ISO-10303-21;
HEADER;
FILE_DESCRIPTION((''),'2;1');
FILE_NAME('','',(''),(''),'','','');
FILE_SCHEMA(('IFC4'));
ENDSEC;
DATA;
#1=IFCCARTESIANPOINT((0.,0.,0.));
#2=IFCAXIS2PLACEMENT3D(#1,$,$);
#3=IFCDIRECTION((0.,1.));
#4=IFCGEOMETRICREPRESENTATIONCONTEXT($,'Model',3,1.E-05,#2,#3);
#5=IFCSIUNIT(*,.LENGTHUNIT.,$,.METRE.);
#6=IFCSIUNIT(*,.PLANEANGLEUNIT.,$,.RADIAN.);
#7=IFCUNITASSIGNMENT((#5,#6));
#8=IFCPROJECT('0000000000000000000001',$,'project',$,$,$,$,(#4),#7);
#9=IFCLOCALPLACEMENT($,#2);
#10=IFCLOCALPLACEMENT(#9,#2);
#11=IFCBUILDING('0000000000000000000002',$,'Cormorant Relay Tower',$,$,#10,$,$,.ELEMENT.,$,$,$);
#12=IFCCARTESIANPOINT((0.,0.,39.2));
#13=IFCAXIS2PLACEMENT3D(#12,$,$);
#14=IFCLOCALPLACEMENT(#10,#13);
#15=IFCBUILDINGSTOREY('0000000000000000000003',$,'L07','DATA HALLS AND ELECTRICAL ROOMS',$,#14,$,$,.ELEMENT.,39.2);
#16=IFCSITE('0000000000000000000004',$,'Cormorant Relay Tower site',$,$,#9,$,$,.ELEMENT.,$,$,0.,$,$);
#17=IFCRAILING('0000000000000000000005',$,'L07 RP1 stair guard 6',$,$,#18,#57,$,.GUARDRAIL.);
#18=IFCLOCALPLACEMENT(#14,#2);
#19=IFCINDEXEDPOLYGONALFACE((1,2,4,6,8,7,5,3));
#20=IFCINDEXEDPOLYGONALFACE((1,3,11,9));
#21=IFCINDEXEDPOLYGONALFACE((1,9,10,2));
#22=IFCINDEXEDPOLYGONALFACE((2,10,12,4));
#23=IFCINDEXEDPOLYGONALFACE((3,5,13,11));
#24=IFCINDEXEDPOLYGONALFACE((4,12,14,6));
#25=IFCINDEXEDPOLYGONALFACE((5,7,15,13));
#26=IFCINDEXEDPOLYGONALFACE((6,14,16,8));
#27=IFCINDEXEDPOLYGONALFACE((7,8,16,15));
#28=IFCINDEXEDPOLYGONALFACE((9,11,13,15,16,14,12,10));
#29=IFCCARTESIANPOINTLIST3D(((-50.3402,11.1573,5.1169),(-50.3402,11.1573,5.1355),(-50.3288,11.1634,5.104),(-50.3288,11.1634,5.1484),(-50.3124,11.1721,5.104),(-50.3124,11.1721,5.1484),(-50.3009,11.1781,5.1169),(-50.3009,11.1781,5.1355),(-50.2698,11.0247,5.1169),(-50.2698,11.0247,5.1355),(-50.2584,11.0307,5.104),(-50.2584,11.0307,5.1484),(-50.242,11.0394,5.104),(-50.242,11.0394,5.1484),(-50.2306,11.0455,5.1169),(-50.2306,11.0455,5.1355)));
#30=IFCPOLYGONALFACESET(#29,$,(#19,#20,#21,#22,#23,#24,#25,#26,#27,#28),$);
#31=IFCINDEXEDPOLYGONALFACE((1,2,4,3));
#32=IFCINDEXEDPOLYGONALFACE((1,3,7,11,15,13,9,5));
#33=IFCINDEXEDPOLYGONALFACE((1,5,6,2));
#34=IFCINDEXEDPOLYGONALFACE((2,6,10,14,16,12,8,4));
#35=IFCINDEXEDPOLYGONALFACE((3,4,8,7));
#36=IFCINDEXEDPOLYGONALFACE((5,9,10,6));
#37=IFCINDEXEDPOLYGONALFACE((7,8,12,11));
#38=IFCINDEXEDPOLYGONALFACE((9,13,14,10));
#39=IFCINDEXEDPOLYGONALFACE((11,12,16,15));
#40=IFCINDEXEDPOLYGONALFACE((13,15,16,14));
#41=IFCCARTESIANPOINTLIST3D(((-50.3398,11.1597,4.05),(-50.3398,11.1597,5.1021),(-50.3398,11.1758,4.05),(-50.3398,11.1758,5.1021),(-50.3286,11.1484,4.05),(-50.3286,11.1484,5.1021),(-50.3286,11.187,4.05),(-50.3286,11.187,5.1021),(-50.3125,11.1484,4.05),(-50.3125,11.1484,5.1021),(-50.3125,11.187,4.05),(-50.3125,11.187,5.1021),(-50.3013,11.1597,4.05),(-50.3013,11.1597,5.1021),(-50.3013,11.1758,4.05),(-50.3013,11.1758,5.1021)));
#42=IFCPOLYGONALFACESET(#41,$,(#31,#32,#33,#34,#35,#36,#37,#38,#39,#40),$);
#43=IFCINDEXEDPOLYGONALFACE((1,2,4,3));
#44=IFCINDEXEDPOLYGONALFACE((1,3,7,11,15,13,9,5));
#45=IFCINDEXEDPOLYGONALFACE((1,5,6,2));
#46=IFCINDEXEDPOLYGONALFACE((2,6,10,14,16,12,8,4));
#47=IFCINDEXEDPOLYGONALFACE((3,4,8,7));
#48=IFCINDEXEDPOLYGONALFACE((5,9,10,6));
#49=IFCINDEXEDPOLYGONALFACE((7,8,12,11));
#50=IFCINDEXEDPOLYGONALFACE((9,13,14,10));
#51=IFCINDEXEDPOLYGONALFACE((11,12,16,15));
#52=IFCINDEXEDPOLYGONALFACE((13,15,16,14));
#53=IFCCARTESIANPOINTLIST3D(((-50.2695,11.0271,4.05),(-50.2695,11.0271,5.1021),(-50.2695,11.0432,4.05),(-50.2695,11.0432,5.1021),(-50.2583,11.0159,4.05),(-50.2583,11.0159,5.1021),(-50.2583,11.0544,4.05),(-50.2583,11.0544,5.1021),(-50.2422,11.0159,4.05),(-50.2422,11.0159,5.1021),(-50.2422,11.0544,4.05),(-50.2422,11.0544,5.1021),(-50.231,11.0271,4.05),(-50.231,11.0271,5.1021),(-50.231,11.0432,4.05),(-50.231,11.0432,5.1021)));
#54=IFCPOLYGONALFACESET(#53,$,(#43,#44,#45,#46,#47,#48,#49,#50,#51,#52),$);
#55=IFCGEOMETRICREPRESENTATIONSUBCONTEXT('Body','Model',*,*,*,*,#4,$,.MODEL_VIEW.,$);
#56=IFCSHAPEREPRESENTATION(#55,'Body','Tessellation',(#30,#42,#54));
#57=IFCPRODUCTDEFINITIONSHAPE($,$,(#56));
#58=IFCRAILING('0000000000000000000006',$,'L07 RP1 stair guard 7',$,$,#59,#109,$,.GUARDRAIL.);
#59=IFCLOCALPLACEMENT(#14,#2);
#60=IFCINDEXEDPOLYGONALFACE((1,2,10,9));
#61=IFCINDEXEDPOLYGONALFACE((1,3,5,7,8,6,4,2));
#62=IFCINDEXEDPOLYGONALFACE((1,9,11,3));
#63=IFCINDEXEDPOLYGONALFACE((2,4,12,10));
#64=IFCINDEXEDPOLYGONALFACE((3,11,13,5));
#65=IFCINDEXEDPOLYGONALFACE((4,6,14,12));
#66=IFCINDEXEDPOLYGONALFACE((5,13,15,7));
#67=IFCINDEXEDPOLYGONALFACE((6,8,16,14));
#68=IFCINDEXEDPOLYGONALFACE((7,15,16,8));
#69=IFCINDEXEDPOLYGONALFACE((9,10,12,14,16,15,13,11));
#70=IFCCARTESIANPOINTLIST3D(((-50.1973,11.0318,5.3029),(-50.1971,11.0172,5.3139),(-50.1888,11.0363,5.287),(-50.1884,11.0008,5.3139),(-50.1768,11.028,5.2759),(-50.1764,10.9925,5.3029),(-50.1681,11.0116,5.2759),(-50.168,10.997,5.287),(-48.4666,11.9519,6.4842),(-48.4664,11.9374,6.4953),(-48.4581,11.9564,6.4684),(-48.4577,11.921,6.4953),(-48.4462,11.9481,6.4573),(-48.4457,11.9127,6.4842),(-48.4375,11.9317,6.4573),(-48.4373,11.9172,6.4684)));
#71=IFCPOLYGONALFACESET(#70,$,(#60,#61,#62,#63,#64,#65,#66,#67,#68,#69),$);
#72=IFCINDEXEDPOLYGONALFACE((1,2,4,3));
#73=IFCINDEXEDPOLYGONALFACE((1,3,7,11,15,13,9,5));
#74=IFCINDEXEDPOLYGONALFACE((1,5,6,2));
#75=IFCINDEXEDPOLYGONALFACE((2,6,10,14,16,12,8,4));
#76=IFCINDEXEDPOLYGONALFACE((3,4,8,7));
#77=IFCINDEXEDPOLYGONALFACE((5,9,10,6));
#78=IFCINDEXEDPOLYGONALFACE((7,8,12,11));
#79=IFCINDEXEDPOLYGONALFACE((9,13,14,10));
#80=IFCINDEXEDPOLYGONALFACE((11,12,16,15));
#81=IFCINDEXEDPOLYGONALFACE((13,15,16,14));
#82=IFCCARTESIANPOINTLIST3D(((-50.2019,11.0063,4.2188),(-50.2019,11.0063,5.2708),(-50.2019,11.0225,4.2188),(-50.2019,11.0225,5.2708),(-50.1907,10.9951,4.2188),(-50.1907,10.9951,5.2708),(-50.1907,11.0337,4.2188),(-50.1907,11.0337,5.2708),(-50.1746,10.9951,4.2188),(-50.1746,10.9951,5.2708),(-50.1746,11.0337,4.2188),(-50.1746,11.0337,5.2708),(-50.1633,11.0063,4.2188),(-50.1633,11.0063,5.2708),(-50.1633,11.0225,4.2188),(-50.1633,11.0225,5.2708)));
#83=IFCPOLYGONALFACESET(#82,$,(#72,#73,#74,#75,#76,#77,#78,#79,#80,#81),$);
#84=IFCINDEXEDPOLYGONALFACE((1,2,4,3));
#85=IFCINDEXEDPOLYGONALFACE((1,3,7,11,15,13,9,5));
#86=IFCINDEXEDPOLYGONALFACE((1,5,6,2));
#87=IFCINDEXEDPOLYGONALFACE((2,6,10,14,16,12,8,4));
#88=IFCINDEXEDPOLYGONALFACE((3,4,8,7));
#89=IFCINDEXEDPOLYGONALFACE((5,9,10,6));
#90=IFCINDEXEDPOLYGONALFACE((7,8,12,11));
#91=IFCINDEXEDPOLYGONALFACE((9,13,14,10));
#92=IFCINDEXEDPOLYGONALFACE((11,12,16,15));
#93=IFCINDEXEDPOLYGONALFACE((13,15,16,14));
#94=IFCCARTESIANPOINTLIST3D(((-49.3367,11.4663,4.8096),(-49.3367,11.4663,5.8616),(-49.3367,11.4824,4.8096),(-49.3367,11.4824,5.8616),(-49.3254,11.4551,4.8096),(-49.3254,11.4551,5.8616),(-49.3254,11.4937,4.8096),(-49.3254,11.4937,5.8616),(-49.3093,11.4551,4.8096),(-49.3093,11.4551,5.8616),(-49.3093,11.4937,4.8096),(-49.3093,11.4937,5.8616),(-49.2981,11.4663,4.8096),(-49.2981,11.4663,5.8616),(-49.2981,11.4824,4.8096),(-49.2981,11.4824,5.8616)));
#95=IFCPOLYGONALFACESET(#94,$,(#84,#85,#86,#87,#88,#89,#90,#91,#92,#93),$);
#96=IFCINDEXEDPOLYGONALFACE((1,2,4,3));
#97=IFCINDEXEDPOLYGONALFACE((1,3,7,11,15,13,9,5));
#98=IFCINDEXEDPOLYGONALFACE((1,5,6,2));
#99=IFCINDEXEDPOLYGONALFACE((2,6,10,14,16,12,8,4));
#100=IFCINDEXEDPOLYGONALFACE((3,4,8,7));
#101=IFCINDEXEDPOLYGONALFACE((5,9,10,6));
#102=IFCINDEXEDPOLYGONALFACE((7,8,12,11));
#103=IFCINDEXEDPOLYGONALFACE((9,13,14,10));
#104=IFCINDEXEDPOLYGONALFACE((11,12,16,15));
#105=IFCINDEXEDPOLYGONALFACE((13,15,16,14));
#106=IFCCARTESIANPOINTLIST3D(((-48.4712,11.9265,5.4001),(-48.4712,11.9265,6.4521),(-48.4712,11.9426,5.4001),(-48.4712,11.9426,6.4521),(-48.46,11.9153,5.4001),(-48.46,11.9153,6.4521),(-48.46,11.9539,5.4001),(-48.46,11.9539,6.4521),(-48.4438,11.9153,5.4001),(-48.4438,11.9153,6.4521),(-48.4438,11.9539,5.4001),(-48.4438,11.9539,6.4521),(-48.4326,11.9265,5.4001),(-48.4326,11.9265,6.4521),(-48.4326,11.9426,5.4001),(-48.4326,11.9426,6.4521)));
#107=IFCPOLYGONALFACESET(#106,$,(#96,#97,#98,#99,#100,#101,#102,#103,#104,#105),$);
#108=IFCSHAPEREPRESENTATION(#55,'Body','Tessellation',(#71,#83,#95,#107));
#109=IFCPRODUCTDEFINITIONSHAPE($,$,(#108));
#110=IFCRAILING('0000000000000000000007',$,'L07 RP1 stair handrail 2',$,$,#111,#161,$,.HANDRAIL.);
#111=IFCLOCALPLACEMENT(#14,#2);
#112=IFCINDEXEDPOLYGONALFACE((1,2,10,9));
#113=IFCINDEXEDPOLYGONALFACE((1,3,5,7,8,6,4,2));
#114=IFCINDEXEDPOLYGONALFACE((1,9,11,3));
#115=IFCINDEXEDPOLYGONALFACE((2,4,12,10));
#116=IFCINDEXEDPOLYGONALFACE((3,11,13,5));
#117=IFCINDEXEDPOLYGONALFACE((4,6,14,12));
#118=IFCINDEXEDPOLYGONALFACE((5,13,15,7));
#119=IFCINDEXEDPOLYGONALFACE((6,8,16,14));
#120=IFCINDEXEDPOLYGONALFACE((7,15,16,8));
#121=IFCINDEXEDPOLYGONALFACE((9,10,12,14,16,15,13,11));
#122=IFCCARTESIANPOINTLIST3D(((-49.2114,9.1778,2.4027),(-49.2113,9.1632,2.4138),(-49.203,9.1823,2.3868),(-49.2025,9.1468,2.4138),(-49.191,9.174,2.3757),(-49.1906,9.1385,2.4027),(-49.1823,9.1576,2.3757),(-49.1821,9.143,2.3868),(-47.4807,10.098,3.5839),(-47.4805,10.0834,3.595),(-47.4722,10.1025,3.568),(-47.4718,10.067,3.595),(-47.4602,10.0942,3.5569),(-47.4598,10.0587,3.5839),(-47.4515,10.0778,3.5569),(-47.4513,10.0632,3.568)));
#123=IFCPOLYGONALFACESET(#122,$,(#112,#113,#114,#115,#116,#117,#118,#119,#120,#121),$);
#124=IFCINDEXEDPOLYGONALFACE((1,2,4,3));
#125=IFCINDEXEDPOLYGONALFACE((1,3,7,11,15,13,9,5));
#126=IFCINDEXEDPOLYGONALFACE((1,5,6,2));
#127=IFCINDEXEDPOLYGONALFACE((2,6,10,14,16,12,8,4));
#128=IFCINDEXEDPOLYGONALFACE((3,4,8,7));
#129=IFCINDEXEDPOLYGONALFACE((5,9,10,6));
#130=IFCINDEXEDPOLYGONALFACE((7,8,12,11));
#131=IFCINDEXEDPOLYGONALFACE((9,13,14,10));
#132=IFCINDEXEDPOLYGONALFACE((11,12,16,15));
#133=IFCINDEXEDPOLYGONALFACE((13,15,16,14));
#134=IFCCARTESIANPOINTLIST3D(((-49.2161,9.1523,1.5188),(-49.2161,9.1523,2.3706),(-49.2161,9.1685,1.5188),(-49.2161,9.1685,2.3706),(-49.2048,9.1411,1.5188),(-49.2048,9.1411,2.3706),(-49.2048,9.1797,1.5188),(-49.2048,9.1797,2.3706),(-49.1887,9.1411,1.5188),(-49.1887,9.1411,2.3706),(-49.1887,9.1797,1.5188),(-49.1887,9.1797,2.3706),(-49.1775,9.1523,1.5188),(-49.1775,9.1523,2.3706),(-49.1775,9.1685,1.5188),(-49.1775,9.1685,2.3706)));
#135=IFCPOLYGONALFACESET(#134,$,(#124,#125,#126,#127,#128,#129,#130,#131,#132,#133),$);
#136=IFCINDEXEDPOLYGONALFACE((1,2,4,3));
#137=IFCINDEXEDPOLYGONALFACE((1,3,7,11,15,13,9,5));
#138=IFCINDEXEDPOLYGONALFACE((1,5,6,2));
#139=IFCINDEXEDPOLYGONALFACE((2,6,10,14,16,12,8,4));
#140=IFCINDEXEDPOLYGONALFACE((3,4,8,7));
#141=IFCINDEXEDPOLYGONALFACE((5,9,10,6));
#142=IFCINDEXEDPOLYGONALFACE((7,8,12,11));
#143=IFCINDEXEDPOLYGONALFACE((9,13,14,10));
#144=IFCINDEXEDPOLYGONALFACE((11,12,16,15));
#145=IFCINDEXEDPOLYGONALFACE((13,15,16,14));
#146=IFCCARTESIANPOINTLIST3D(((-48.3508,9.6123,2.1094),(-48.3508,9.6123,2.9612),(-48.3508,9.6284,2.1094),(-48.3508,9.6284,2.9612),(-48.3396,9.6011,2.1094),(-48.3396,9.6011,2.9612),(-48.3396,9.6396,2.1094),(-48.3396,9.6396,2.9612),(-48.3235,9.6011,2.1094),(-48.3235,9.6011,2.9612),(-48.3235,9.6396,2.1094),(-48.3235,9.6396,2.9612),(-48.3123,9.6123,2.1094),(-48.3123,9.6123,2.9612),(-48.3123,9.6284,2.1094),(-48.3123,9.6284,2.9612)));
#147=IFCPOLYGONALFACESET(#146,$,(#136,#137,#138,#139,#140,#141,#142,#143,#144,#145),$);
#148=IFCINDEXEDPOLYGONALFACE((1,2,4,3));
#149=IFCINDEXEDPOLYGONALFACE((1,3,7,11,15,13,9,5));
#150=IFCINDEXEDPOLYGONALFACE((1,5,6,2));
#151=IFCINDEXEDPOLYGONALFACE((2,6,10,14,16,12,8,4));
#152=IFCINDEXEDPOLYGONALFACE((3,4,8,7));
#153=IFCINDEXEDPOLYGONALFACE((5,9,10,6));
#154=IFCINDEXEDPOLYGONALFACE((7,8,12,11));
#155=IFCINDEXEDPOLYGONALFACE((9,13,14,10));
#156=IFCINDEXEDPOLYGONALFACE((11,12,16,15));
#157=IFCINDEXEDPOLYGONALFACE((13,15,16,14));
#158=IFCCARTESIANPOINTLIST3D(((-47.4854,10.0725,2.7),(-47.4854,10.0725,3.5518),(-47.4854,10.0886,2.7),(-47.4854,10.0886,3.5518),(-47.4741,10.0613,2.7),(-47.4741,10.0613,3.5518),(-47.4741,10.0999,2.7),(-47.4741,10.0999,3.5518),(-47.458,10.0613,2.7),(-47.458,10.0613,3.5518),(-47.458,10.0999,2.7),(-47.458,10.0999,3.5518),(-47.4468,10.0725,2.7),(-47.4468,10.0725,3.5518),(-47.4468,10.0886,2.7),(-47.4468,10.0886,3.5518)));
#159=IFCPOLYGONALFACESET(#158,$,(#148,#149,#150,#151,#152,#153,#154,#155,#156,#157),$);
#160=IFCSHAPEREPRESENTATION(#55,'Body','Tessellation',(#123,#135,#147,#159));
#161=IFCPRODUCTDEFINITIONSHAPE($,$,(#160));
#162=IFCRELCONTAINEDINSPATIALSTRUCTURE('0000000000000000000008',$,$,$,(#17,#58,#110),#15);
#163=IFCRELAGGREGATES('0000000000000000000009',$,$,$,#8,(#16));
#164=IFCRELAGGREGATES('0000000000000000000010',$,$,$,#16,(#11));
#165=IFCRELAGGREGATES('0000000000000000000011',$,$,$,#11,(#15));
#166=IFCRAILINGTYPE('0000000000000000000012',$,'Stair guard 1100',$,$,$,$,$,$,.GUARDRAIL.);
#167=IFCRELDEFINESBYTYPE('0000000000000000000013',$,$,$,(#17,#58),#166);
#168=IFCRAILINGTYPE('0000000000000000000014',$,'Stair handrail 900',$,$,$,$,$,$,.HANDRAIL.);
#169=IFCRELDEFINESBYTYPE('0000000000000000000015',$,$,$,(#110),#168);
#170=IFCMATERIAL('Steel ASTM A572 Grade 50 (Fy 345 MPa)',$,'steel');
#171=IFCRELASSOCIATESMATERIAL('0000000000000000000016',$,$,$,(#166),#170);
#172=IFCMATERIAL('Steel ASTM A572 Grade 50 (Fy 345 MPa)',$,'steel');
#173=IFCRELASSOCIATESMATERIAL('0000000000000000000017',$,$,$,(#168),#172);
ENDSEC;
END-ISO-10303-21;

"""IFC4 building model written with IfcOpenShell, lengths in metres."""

from ifc_helpers import new_model, si_unit, direction, frame, origin, place, context, subcontext, project, spatial, polyline, outline, extrude, material, type_object, element, save


model = new_model("IFC4")

# Units and contexts
model_context = context("Model", 3, precision=1e-05, world=origin(), true_north=direction((0.0, 1.0)))
body_context = subcontext(model_context, "Body", "Model", "MODEL_VIEW")
ifc_project = project(units=[si_unit("LENGTHUNIT", "METRE"), si_unit("PLANEANGLEUNIT", "RADIAN")], contexts=[model_context])

# Site, building, storey
site_placement = place(None, origin())
site = spatial("IfcSite", under=ifc_project, at=site_placement, Name="Cormorant Relay Tower site", CompositionType="ELEMENT", RefElevation=0.0)
building_placement = place(site_placement, origin())
building = spatial("IfcBuilding", under=site, at=building_placement, Name="Cormorant Relay Tower", CompositionType="ELEMENT")
storey_placement = place(building_placement, frame((0.0, 0.0, 39.2)))
storey = spatial("IfcBuildingStorey", under=building, at=storey_placement, Name="L07", Description="DATA HALLS AND ELECTRICAL ROOMS", CompositionType="ELEMENT", Elevation=39.2)

# Railings
ifc_material_1 = material(Name="Steel ASTM A572 Grade 50 (Fy 345 MPa)", Category="steel")
railing_type_1 = type_object("IfcRailingType", Name="Stair guard 1100", PredefinedType="GUARDRAIL", material=ifc_material_1)
railing_1_placement = place(storey_placement, frame((-50.3206, 11.1677, 4.05)))
element("IfcRailing", 1, at=railing_1_placement, inside=storey, type_object=railing_type_1, Name="L07 RP1 stair guard 6", PredefinedType="GUARDRAIL", context=body_context, shape_type="SweptSolid", body=[
    extrude(outline(polyline([(0.0222, 0.0093), (0.0093, 0.0222), (-0.0093, 0.0222), (-0.0222, 0.0093), (-0.0222, -0.0093), (-0.0093, -0.0222), (0.0093, -0.0222), (0.0222, -0.0093), (0.0222, 0.0093)])), frame((0.0, 0.0, 1.0762), z_axis=(0.46856, -0.883431, 0.0), x_axis=(0.883431, 0.46856, 0.0)), (0.0, 0.0, 1.0), 0.1501),
    extrude(outline(polyline([(0.0193, 0.0081), (0.0081, 0.0193), (-0.0081, 0.0193), (-0.0193, 0.0081), (-0.0193, -0.0081), (-0.0081, -0.0193), (0.0081, -0.0193), (0.0193, -0.0081), (0.0193, 0.0081)])), origin(), (0.0, 0.0, 1.0), 1.052),
    extrude(outline(polyline([(0.0193, 0.0081), (0.0081, 0.0193), (-0.0081, 0.0193), (-0.0193, 0.0081), (-0.0193, -0.0081), (-0.0081, -0.0193), (0.0081, -0.0193), (0.0193, -0.0081), (0.0193, 0.0081)])), frame((0.0703, -0.1326, 0.0)), (0.0, 0.0, 1.0), 1.052),
])
railing_2_placement = place(storey_placement, frame((-50.1826, 11.0144, 4.2188)))
element("IfcRailing", 2, at=railing_2_placement, inside=storey, type_object=railing_type_1, Name="L07 RP1 stair guard 7", PredefinedType="GUARDRAIL", context=body_context, shape_type="SweptSolid", body=[
    extrude(outline(polyline([(0.0222, 0.0093), (0.0093, 0.0222), (-0.0093, 0.0222), (-0.0222, 0.0093), (-0.0222, -0.0093), (-0.0093, -0.0222), (0.0093, -0.0222), (0.0222, -0.0093), (0.0222, 0.0093)])), frame((0.0, 0.0, 1.0762), z_axis=(0.756226, 0.402062, 0.516205), x_axis=(-0.469444, 0.882962, 0.0)), (0.0, 0.0, 1.0), 2.2886),
    extrude(outline(polyline([(0.0193, 0.0081), (0.0081, 0.0193), (-0.0081, 0.0193), (-0.0193, 0.0081), (-0.0193, -0.0081), (-0.0081, -0.0193), (0.0081, -0.0193), (0.0193, -0.0081), (0.0193, 0.0081)])), origin(), (0.0, 0.0, 1.0), 1.052),
    extrude(outline(polyline([(0.0193, 0.0081), (0.0081, 0.0193), (-0.0081, 0.0193), (-0.0193, 0.0081), (-0.0193, -0.0081), (-0.0081, -0.0193), (0.0081, -0.0193), (0.0193, -0.0081), (0.0193, 0.0081)])), frame((0.8652, 0.46, 0.5908)), (0.0, 0.0, 1.0), 1.052),
    extrude(outline(polyline([(0.0193, 0.0081), (0.0081, 0.0193), (-0.0081, 0.0193), (-0.0193, 0.0081), (-0.0193, -0.0081), (-0.0081, -0.0193), (0.0081, -0.0193), (0.0193, -0.0081), (0.0193, 0.0081)])), frame((1.7307, 0.9202, 1.1814)), (0.0, 0.0, 1.0), 1.052),
])
ifc_material_2 = material(Name="Steel ASTM A572 Grade 50 (Fy 345 MPa)", Category="steel")
railing_type_2 = type_object("IfcRailingType", Name="Stair handrail 900", PredefinedType="HANDRAIL", material=ifc_material_2)
railing_3_placement = place(storey_placement, frame((-49.1968, 9.1604, 1.5188)))
element("IfcRailing", 3, at=railing_3_placement, inside=storey, type_object=railing_type_2, Name="L07 RP1 stair handrail 2", PredefinedType="HANDRAIL", context=body_context, shape_type="SweptSolid", body=[
    extrude(outline(polyline([(0.0222, 0.0093), (0.0093, 0.0222), (-0.0093, 0.0222), (-0.0222, 0.0093), (-0.0222, -0.0093), (-0.0093, -0.0222), (0.0093, -0.0222), (0.0222, -0.0093), (0.0222, 0.0093)])), frame((0.0, 0.0, 0.876), z_axis=(0.756268, 0.402084, 0.516127), x_axis=(-0.469444, 0.882962, 0.0)), (0.0, 0.0, 1.0), 2.2886),
    extrude(outline(polyline([(0.0193, 0.0081), (0.0081, 0.0193), (-0.0081, 0.0193), (-0.0193, 0.0081), (-0.0193, -0.0081), (-0.0081, -0.0193), (0.0081, -0.0193), (0.0193, -0.0081), (0.0193, 0.0081)])), origin(), (0.0, 0.0, 1.0), 0.8518),
    extrude(outline(polyline([(0.0193, 0.0081), (0.0081, 0.0193), (-0.0081, 0.0193), (-0.0193, 0.0081), (-0.0193, -0.0081), (-0.0081, -0.0193), (0.0081, -0.0193), (0.0193, -0.0081), (0.0193, 0.0081)])), frame((0.8652, 0.46, 0.5906)), (0.0, 0.0, 1.0), 0.8518),
    extrude(outline(polyline([(0.0193, 0.0081), (0.0081, 0.0193), (-0.0081, 0.0193), (-0.0193, 0.0081), (-0.0193, -0.0081), (-0.0081, -0.0193), (0.0081, -0.0193), (0.0193, -0.0081), (0.0193, 0.0081)])), frame((1.7307, 0.9202, 1.1812)), (0.0, 0.0, 1.0), 0.8518),
])

save(model, "model.ifc")
